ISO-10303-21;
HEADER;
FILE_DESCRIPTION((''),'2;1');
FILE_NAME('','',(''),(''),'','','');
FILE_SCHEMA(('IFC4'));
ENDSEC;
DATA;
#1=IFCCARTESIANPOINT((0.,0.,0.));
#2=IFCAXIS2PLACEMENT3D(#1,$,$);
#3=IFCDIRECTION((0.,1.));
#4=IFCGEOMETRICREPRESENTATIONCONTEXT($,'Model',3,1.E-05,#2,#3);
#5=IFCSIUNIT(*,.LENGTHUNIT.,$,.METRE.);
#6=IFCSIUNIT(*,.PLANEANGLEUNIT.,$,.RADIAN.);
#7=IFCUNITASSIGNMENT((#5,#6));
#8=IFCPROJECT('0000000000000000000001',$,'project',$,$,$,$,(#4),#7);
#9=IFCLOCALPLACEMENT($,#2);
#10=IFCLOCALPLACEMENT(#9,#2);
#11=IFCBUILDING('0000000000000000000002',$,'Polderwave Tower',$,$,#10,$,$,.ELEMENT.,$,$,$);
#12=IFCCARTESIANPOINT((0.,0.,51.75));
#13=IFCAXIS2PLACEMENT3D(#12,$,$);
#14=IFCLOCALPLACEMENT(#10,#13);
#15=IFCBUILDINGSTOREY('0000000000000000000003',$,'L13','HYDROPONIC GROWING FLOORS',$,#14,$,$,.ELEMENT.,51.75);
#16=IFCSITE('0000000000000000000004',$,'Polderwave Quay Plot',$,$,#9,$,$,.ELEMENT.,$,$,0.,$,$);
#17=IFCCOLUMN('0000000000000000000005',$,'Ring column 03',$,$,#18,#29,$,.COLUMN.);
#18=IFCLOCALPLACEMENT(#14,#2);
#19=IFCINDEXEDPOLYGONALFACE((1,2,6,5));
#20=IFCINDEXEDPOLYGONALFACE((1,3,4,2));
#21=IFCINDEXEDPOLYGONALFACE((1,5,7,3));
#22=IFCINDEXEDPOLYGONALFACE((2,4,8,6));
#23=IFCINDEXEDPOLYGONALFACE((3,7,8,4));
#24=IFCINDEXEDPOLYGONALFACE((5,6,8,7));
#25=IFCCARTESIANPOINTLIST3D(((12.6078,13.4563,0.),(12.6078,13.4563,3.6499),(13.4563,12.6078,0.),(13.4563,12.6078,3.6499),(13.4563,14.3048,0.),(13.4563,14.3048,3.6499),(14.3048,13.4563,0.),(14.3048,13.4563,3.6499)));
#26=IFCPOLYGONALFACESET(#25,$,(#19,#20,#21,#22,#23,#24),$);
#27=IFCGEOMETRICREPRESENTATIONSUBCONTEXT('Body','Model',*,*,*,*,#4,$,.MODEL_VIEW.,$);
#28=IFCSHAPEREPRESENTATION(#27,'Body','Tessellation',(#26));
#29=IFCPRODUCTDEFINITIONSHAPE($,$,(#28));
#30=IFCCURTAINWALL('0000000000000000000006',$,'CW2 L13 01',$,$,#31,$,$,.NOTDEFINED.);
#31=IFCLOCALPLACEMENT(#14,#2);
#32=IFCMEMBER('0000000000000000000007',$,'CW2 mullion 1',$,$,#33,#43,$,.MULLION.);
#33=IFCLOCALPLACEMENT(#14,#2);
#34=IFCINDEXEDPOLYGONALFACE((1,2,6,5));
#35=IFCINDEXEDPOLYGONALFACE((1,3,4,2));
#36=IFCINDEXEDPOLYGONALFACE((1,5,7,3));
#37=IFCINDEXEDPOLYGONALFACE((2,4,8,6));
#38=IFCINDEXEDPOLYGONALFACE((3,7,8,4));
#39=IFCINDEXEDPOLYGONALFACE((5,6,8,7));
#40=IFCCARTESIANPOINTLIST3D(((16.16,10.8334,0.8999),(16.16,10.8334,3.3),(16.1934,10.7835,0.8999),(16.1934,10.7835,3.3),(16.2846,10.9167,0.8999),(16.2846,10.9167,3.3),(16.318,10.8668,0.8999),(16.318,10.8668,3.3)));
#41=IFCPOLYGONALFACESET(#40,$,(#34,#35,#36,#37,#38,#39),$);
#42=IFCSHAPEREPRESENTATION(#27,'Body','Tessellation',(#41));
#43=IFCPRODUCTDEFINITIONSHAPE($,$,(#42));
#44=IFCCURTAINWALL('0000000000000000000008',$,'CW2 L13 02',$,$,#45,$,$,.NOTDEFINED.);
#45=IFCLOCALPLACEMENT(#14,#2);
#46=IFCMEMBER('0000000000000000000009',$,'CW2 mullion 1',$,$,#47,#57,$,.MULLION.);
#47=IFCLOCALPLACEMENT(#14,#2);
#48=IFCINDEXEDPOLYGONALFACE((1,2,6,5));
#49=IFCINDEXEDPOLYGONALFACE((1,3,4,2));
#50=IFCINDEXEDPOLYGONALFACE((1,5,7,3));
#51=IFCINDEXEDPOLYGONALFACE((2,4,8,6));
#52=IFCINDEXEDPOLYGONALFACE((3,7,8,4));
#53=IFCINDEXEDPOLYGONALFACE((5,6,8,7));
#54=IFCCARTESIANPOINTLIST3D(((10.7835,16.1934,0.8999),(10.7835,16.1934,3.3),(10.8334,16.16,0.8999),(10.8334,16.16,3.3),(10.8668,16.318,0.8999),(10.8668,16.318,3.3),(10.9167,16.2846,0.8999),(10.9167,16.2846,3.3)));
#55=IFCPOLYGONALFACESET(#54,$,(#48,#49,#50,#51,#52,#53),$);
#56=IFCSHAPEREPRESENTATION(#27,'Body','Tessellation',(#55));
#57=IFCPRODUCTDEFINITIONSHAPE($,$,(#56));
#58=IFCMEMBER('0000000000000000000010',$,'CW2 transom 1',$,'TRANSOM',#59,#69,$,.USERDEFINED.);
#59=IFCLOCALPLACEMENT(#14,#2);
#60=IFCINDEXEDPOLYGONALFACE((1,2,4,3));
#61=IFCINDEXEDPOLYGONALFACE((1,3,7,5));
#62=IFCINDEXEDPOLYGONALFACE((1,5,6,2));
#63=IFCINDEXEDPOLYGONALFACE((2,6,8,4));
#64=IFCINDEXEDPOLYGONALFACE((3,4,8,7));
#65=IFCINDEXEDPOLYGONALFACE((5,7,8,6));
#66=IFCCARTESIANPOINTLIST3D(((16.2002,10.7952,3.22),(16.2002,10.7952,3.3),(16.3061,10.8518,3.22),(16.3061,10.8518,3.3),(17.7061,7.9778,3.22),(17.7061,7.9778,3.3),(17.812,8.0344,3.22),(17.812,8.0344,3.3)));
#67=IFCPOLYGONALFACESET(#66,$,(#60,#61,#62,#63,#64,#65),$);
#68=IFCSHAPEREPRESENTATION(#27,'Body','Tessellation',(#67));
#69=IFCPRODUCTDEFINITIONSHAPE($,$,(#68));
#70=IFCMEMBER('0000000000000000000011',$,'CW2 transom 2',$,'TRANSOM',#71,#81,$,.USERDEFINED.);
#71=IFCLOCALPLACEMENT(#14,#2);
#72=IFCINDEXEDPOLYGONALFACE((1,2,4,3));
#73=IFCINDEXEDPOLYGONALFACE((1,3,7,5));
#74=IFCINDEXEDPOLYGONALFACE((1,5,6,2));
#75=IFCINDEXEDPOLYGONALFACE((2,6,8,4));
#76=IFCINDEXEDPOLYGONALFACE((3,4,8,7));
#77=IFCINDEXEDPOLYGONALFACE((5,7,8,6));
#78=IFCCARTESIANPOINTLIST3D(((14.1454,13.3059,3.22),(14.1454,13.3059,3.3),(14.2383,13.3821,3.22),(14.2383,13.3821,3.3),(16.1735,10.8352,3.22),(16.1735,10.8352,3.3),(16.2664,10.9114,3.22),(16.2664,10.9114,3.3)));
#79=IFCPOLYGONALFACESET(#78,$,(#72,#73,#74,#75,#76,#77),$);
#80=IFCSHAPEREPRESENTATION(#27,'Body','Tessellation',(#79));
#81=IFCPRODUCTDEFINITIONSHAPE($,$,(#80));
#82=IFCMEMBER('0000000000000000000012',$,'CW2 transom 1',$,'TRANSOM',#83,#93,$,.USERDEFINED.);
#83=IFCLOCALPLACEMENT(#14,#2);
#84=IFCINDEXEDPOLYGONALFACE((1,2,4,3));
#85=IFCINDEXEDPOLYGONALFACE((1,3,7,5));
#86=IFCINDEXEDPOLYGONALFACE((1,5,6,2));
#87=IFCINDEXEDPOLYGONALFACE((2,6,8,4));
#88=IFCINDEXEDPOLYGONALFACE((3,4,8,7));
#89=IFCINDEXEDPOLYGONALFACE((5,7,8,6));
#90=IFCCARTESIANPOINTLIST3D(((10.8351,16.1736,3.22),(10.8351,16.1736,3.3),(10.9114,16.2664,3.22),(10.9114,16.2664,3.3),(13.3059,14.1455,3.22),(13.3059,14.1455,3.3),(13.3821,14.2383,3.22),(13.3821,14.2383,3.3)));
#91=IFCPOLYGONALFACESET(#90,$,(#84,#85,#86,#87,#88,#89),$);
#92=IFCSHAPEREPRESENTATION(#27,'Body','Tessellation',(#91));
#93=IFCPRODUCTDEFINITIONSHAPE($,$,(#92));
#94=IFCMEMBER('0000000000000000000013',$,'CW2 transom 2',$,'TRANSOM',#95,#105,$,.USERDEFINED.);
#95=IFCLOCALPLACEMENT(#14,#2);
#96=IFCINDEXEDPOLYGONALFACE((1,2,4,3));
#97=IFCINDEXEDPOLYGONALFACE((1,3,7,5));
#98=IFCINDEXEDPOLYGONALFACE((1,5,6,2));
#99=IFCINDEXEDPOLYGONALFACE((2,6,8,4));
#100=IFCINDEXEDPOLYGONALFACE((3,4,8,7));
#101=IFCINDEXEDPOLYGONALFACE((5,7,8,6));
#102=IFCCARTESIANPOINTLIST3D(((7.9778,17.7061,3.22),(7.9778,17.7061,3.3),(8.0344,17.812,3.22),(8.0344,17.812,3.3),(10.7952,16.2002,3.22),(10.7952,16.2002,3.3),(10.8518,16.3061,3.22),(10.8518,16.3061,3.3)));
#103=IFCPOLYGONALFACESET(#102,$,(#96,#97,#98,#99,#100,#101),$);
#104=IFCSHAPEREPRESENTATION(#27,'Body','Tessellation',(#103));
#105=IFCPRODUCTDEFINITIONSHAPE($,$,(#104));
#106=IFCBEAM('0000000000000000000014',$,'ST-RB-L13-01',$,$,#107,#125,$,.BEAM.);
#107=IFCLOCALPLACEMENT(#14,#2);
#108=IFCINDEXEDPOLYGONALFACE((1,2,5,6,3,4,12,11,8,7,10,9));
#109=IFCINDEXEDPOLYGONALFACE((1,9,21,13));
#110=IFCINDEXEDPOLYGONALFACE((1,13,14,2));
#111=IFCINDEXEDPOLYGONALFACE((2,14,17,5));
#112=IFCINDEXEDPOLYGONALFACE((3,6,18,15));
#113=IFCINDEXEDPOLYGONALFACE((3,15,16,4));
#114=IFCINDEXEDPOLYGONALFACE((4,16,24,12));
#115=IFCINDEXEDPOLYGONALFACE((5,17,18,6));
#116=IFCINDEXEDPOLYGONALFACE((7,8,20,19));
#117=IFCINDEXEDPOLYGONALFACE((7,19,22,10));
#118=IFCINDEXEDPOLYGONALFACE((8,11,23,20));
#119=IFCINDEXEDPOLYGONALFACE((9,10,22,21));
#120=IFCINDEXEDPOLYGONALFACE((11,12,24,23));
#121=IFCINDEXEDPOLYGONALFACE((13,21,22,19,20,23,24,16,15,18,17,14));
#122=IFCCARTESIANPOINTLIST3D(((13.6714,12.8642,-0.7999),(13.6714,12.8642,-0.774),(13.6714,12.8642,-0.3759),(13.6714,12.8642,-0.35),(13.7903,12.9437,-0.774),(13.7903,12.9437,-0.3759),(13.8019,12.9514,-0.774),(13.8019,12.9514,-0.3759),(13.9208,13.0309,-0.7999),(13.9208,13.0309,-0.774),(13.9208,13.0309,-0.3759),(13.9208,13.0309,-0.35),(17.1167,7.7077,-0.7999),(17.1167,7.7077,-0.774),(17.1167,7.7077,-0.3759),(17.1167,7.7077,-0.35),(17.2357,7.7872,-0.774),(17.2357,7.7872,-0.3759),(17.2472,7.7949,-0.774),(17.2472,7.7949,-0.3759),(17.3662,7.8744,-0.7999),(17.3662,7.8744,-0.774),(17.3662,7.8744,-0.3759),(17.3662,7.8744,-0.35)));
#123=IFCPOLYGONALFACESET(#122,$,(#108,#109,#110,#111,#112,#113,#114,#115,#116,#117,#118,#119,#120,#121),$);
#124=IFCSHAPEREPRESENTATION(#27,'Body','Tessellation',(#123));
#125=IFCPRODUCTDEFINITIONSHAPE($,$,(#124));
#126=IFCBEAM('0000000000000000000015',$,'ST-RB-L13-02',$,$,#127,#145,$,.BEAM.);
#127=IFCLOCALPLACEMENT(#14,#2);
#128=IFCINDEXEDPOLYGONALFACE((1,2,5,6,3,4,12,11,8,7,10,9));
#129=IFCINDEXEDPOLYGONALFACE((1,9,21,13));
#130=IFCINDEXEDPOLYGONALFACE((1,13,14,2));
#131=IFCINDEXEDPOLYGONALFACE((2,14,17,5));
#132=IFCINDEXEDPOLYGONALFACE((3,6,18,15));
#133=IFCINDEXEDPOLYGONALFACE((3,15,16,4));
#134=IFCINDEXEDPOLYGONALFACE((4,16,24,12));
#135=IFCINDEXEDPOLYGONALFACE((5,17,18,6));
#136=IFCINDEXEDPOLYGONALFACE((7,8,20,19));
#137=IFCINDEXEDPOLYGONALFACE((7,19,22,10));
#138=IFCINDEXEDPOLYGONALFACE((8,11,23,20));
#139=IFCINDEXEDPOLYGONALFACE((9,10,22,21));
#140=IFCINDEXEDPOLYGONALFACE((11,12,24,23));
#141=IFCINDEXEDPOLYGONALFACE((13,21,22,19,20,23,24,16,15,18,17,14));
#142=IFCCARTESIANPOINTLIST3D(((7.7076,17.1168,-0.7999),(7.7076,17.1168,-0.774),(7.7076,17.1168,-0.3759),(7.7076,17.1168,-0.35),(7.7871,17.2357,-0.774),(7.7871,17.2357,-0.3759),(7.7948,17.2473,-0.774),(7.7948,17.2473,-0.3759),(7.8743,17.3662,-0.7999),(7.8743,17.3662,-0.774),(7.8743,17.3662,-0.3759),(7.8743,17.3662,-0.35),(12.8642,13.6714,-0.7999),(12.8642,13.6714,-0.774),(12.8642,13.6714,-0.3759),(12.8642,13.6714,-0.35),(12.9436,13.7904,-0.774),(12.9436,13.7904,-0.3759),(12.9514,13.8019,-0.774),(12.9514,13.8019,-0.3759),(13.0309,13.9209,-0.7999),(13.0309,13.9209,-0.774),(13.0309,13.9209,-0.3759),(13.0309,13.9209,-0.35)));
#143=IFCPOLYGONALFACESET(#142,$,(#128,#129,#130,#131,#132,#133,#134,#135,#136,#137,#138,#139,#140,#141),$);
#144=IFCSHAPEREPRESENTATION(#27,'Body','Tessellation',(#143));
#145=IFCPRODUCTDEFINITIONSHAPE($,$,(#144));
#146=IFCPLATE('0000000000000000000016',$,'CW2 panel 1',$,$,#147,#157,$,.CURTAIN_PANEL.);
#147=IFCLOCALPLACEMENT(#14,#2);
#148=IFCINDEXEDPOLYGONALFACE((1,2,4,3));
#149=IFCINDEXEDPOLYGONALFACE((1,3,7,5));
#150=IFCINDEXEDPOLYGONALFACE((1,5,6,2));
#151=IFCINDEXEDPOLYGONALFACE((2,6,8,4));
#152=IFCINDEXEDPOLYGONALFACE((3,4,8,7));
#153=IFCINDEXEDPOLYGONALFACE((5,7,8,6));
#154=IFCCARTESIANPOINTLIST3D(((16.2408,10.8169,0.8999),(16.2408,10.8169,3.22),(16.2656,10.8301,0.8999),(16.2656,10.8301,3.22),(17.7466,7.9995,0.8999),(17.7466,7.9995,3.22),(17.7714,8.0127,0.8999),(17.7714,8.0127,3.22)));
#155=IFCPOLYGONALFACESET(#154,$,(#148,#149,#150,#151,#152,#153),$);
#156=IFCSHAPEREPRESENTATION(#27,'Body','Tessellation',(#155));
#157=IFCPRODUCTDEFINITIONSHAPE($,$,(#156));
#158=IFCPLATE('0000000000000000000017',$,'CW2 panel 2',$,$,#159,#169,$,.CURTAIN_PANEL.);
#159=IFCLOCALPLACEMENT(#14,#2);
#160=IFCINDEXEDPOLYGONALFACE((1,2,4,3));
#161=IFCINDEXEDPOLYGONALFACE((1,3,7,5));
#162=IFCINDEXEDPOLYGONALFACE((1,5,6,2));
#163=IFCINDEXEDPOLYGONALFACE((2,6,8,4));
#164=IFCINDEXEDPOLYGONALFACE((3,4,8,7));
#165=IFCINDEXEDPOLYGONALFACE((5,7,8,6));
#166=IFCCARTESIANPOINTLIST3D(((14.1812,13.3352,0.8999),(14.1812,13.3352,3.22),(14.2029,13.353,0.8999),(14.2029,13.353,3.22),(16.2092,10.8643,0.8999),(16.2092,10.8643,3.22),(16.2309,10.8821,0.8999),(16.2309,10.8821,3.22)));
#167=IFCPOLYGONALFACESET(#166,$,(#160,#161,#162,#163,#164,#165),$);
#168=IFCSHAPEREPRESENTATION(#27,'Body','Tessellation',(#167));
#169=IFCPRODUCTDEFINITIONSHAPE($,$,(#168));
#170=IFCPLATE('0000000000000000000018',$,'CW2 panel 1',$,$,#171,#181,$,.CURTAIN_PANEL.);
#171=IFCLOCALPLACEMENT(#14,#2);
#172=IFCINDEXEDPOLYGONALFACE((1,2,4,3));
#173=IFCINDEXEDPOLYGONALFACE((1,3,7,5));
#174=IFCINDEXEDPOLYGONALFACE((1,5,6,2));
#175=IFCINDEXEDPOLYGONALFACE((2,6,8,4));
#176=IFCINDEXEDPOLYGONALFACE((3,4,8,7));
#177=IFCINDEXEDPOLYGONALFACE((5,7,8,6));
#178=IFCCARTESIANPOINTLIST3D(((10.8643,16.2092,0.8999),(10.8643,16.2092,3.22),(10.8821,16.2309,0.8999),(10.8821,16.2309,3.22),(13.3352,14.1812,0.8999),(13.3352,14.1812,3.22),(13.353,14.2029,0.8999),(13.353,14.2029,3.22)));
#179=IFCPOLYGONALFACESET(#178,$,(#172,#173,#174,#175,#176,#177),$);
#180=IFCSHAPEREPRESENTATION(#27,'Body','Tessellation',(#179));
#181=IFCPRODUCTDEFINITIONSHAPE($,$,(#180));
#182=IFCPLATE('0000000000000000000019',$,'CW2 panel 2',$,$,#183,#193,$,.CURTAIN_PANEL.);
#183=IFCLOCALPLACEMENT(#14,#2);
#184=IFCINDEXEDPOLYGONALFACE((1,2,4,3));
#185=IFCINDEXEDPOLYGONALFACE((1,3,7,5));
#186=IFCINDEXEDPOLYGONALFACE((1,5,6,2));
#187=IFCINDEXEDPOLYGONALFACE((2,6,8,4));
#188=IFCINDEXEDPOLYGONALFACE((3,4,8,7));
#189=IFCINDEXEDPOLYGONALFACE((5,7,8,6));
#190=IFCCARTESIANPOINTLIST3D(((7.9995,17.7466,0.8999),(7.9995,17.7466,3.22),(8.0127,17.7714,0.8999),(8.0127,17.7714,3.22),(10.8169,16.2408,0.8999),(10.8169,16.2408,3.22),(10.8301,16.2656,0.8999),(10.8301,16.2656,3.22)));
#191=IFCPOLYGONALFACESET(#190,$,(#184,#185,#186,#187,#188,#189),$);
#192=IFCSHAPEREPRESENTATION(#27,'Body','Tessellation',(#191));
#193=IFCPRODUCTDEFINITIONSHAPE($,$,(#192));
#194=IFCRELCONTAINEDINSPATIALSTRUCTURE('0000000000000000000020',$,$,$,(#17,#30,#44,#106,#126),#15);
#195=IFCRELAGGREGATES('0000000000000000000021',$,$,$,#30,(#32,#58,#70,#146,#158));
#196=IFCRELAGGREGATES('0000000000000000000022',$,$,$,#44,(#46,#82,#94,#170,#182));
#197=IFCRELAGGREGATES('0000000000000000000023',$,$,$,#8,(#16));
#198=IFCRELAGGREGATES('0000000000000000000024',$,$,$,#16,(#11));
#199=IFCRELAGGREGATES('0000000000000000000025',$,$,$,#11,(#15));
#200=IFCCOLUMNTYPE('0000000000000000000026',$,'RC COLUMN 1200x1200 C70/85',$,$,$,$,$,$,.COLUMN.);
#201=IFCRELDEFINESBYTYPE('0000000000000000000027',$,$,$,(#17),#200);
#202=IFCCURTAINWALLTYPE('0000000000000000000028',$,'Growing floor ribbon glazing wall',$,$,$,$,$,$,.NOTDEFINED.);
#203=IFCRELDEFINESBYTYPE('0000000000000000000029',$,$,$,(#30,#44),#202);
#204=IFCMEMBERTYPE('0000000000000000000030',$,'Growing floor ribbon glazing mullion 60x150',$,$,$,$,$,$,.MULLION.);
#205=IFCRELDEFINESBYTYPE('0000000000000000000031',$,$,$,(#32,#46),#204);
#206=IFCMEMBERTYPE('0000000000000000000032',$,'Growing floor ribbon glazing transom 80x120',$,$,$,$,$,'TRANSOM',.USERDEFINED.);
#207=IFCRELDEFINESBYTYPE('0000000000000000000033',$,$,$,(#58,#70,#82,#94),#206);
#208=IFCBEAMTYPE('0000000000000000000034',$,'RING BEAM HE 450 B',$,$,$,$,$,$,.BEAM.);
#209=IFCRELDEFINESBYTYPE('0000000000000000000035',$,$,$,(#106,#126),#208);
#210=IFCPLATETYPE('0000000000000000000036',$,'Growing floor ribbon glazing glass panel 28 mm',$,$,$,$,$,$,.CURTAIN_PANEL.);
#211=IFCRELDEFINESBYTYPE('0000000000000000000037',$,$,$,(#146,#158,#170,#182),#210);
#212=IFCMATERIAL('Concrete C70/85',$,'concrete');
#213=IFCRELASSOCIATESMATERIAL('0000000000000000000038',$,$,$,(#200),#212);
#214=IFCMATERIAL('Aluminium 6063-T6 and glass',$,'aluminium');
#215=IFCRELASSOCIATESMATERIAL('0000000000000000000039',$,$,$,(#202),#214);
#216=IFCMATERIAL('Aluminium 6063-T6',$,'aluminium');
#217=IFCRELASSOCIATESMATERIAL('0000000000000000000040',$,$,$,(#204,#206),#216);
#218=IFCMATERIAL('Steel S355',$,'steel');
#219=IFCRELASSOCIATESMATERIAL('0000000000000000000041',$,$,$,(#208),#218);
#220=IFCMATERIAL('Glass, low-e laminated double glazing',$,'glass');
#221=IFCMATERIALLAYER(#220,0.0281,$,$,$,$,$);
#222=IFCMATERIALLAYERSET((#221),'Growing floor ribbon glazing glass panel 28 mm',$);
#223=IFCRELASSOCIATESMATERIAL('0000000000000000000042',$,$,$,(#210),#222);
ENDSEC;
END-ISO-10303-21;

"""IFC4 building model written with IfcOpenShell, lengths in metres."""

from ifc_helpers import new_model, si_unit, direction, frame, origin, origin_2d, place, context, subcontext, project, spatial, rectangle, i_section, extrude, material, layer, layer_set, material_profile, profile_set, type_object, element, aggregate, save


model = new_model("IFC4")

# Units and contexts
model_context = context("Model", 3, precision=1e-05, world=origin(), true_north=direction((0.0, 1.0)))
body_context = subcontext(model_context, "Body", "Model", "MODEL_VIEW")
ifc_project = project(units=[si_unit("LENGTHUNIT", "METRE"), si_unit("PLANEANGLEUNIT", "RADIAN")], contexts=[model_context])

# Site, building, storey
site_placement = place(None, origin())
site = spatial("IfcSite", under=ifc_project, at=site_placement, Name="Polderwave Quay Plot", CompositionType="ELEMENT", RefElevation=0.0)
building_placement = place(site_placement, origin())
building = spatial("IfcBuilding", under=site, at=building_placement, Name="Polderwave Tower", CompositionType="ELEMENT")
storey_placement = place(building_placement, frame((0.0, 0.0, 51.75)))
storey = spatial("IfcBuildingStorey", under=building, at=storey_placement, Name="L13", Description="HYDROPONIC GROWING FLOORS", CompositionType="ELEMENT", Elevation=51.75)

# Column
ifc_material_1 = material(Name="Concrete C70/85", Category="concrete")
ifc_material_profile_1 = material_profile(ifc_material_1, rectangle(XDim=1.2, YDim=1.2, at=origin_2d()), Name="RC 1200x1200")
ifc_profile_set_1 = profile_set([ifc_material_profile_1], Name="Concrete C70/85")
column_type = type_object("IfcColumnType", Name="RC COLUMN 1200x1200 C70/85", PredefinedType="COLUMN", material=ifc_profile_set_1)
column_placement = place(storey_placement, frame((13.4563, 13.4563, 0.0), z_axis=(0.0, 0.0, 1.0), x_axis=(0.707107, 0.707107, 0.0)))
element("IfcColumn", 1, at=column_placement, inside=storey, type_object=column_type, Name="Ring column 03", PredefinedType="COLUMN", context=body_context, shape_type="SweptSolid", body=[
    extrude(rectangle(XDim=1.2, YDim=1.2, at=origin_2d()), origin(), (0.0, 0.0, 1.0), 3.6499),
])

# Curtain walls, members
ifc_material_2 = material(Name="Aluminium 6063-T6 and glass", Category="aluminium")
curtain_wall_type = type_object("IfcCurtainWallType", Name="Growing floor ribbon glazing wall", PredefinedType="NOTDEFINED", material=ifc_material_2)
curtain_wall_1_placement = place(storey_placement, origin())
curtain_wall_1 = element("IfcCurtainWall", 2, at=curtain_wall_1_placement, inside=storey, type_object=curtain_wall_type, Name="CW2 L13 01", PredefinedType="NOTDEFINED")
ifc_material_3 = material(Name="Aluminium 6063-T6", Category="aluminium")
ifc_material_profile_2 = material_profile(ifc_material_3, rectangle(XDim=0.1499, YDim=0.0601, at=origin_2d()), Name="AL 60x150")
ifc_profile_set_2 = profile_set([ifc_material_profile_2], Name="Aluminium 6063-T6")
member_type_1 = type_object("IfcMemberType", Name="Growing floor ribbon glazing mullion 60x150", PredefinedType="MULLION", material=ifc_profile_set_2)
member_1_placement = place(storey_placement, frame((16.239, 10.8501, 0.8999), z_axis=(0.0, 0.0, 1.0), x_axis=(-0.831466, -0.555576, 0.0)))
member_1 = element("IfcMember", 3, at=member_1_placement, type_object=member_type_1, Name="CW2 mullion 1", PredefinedType="MULLION", context=body_context, shape_type="SweptSolid", body=[
    extrude(rectangle(XDim=0.1499, YDim=0.0601, at=origin_2d()), origin(), (0.0, 0.0, 1.0), 2.4001),
])
curtain_wall_2_placement = place(storey_placement, origin())
curtain_wall_2 = element("IfcCurtainWall", 4, at=curtain_wall_2_placement, inside=storey, type_object=curtain_wall_type, Name="CW2 L13 02", PredefinedType="NOTDEFINED")
member_2_placement = place(storey_placement, frame((10.8501, 16.239, 0.8999), z_axis=(0.0, 0.0, 1.0), x_axis=(-0.555576, -0.831466, 0.0)))
member_2 = element("IfcMember", 5, at=member_2_placement, type_object=member_type_1, Name="CW2 mullion 1", PredefinedType="MULLION", context=body_context, shape_type="SweptSolid", body=[
    extrude(rectangle(XDim=0.1499, YDim=0.0601, at=origin_2d()), origin(), (0.0, 0.0, 1.0), 2.4001),
])

# Members
ifc_material_profile_3 = material_profile(ifc_material_3, rectangle(XDim=0.1201, YDim=0.0801, at=origin_2d()), Name="AL 80x120")
ifc_profile_set_3 = profile_set([ifc_material_profile_3], Name="Aluminium 6063-T6")
member_type_2 = type_object("IfcMemberType", Name="Growing floor ribbon glazing transom 80x120", ElementType="TRANSOM", PredefinedType="USERDEFINED", material=ifc_profile_set_3)
member_3_placement = place(storey_placement, frame((17.759, 8.0061, 3.26), z_axis=(-0.471381, 0.881929, 0.0), x_axis=(-0.881929, -0.471381, 0.0)))
member_3 = element("IfcMember", 6, at=member_3_placement, type_object=member_type_2, Name="CW2 transom 1", ObjectType="TRANSOM", PredefinedType="USERDEFINED", context=body_context, shape_type="SweptSolid", body=[
    extrude(rectangle(XDim=0.1201, YDim=0.0801, at=origin_2d()), origin(), (0.0, 0.0, 1.0), 3.1946),
])
member_4_placement = place(storey_placement, frame((16.22, 10.8733, 3.26), z_axis=(-0.634472, 0.772946, 0.0), x_axis=(-0.772946, -0.634472, 0.0)))
member_4 = element("IfcMember", 7, at=member_4_placement, type_object=member_type_2, Name="CW2 transom 2", ObjectType="TRANSOM", PredefinedType="USERDEFINED", context=body_context, shape_type="SweptSolid", body=[
    extrude(rectangle(XDim=0.1201, YDim=0.0801, at=origin_2d()), origin(), (0.0, 0.0, 1.0), 3.1965),
])
member_5_placement = place(storey_placement, frame((13.344, 14.1919, 3.26), z_axis=(-0.772946, 0.634472, 0.0), x_axis=(-0.634472, -0.772946, 0.0)))
member_5 = element("IfcMember", 8, at=member_5_placement, type_object=member_type_2, Name="CW2 transom 1", ObjectType="TRANSOM", PredefinedType="USERDEFINED", context=body_context, shape_type="SweptSolid", body=[
    extrude(rectangle(XDim=0.1201, YDim=0.0801, at=origin_2d()), origin(), (0.0, 0.0, 1.0), 3.1965),
])
member_6_placement = place(storey_placement, frame((10.8235, 16.2532, 3.26), z_axis=(-0.881929, 0.471381, 0.0), x_axis=(-0.471381, -0.881929, 0.0)))
member_6 = element("IfcMember", 9, at=member_6_placement, type_object=member_type_2, Name="CW2 transom 2", ObjectType="TRANSOM", PredefinedType="USERDEFINED", context=body_context, shape_type="SweptSolid", body=[
    extrude(rectangle(XDim=0.1201, YDim=0.0801, at=origin_2d()), origin(), (0.0, 0.0, 1.0), 3.1946),
])

# Beams
ifc_material_4 = material(Name="Steel S355", Category="steel")
ifc_material_profile_4 = material_profile(ifc_material_4, i_section(OverallWidth=0.3, OverallDepth=0.45, WebThickness=0.0139, FlangeThickness=0.0259, at=origin_2d()), Name="HE 450 B")
ifc_profile_set_4 = profile_set([ifc_material_profile_4], Name="Steel S355")
beam_type = type_object("IfcBeamType", Name="RING BEAM HE 450 B", PredefinedType="BEAM", material=ifc_profile_set_4)
for number, where, z_axis, x_axis, name in (
    (10, (17.2415, 7.791, -0.575), (-0.555554, 0.831481, 0.0), (-0.831481, -0.555554, 0.0), "ST-RB-L13-01"),
    (11, (12.9475, 13.7961, -0.575), (-0.831481, 0.555554, 0.0), (-0.555554, -0.831481, 0.0), "ST-RB-L13-02"),
):
    element("IfcBeam", number, at=place(storey_placement, frame(where, z_axis=z_axis, x_axis=x_axis)), inside=storey, type_object=beam_type, Name=name, PredefinedType="BEAM", context=body_context, shape_type="SweptSolid", body=[
        extrude(i_section(OverallWidth=0.3, OverallDepth=0.45, WebThickness=0.0139, FlangeThickness=0.0259, at=origin_2d()), origin(), (0.0, 0.0, 1.0), 6.2017),
    ])

# Plates
ifc_material_5 = material(Name="Glass, low-e laminated double glazing", Category="glass")
ifc_layer_1 = layer(ifc_material_5, 0.0281)
ifc_layer_set_1 = layer_set([ifc_layer_1], Name="Growing floor ribbon glazing glass panel 28 mm")
plate_type = type_object("IfcPlateType", Name="Growing floor ribbon glazing glass panel 28 mm", PredefinedType="CURTAIN_PANEL", material=ifc_layer_set_1)
plate_1_placement = place(storey_placement, frame((17.0061, 9.4148, 0.8999), z_axis=(0.0, 0.0, 1.0), x_axis=(-0.471361, 0.88194, 0.0)))
plate_1 = element("IfcPlate", 12, at=plate_1_placement, type_object=plate_type, Name="CW2 panel 1", PredefinedType="CURTAIN_PANEL", context=body_context, shape_type="SweptSolid", body=[
    extrude(rectangle(XDim=3.1946, YDim=0.0281, at=origin_2d()), origin(), (0.0, 0.0, 1.0), 2.3201),
])
plate_2_placement = place(storey_placement, frame((15.2061, 12.1086, 0.8999), z_axis=(0.0, 0.0, 1.0), x_axis=(-0.634435, 0.772976, 0.0)))
plate_2 = element("IfcPlate", 13, at=plate_2_placement, type_object=plate_type, Name="CW2 panel 2", PredefinedType="CURTAIN_PANEL", context=body_context, shape_type="SweptSolid", body=[
    extrude(rectangle(XDim=3.1965, YDim=0.0281, at=origin_2d()), origin(), (0.0, 0.0, 1.0), 2.3201),
])
aggregate(curtain_wall_1, [member_1, member_3, member_4, plate_1, plate_2])
plate_3_placement = place(storey_placement, frame((12.1086, 15.2061, 0.8999), z_axis=(0.0, 0.0, 1.0), x_axis=(-0.772976, 0.634435, 0.0)))
plate_3 = element("IfcPlate", 14, at=plate_3_placement, type_object=plate_type, Name="CW2 panel 1", PredefinedType="CURTAIN_PANEL", context=body_context, shape_type="SweptSolid", body=[
    extrude(rectangle(XDim=3.1965, YDim=0.0281, at=origin_2d()), origin(), (0.0, 0.0, 1.0), 2.3201),
])
plate_4_placement = place(storey_placement, frame((9.4148, 17.0061, 0.8999), z_axis=(0.0, 0.0, 1.0), x_axis=(-0.88194, 0.471361, 0.0)))
plate_4 = element("IfcPlate", 15, at=plate_4_placement, type_object=plate_type, Name="CW2 panel 2", PredefinedType="CURTAIN_PANEL", context=body_context, shape_type="SweptSolid", body=[
    extrude(rectangle(XDim=3.1946, YDim=0.0281, at=origin_2d()), origin(), (0.0, 0.0, 1.0), 2.3201),
])
aggregate(curtain_wall_2, [member_2, member_5, member_6, plate_3, plate_4])

save(model, "model.ifc")
